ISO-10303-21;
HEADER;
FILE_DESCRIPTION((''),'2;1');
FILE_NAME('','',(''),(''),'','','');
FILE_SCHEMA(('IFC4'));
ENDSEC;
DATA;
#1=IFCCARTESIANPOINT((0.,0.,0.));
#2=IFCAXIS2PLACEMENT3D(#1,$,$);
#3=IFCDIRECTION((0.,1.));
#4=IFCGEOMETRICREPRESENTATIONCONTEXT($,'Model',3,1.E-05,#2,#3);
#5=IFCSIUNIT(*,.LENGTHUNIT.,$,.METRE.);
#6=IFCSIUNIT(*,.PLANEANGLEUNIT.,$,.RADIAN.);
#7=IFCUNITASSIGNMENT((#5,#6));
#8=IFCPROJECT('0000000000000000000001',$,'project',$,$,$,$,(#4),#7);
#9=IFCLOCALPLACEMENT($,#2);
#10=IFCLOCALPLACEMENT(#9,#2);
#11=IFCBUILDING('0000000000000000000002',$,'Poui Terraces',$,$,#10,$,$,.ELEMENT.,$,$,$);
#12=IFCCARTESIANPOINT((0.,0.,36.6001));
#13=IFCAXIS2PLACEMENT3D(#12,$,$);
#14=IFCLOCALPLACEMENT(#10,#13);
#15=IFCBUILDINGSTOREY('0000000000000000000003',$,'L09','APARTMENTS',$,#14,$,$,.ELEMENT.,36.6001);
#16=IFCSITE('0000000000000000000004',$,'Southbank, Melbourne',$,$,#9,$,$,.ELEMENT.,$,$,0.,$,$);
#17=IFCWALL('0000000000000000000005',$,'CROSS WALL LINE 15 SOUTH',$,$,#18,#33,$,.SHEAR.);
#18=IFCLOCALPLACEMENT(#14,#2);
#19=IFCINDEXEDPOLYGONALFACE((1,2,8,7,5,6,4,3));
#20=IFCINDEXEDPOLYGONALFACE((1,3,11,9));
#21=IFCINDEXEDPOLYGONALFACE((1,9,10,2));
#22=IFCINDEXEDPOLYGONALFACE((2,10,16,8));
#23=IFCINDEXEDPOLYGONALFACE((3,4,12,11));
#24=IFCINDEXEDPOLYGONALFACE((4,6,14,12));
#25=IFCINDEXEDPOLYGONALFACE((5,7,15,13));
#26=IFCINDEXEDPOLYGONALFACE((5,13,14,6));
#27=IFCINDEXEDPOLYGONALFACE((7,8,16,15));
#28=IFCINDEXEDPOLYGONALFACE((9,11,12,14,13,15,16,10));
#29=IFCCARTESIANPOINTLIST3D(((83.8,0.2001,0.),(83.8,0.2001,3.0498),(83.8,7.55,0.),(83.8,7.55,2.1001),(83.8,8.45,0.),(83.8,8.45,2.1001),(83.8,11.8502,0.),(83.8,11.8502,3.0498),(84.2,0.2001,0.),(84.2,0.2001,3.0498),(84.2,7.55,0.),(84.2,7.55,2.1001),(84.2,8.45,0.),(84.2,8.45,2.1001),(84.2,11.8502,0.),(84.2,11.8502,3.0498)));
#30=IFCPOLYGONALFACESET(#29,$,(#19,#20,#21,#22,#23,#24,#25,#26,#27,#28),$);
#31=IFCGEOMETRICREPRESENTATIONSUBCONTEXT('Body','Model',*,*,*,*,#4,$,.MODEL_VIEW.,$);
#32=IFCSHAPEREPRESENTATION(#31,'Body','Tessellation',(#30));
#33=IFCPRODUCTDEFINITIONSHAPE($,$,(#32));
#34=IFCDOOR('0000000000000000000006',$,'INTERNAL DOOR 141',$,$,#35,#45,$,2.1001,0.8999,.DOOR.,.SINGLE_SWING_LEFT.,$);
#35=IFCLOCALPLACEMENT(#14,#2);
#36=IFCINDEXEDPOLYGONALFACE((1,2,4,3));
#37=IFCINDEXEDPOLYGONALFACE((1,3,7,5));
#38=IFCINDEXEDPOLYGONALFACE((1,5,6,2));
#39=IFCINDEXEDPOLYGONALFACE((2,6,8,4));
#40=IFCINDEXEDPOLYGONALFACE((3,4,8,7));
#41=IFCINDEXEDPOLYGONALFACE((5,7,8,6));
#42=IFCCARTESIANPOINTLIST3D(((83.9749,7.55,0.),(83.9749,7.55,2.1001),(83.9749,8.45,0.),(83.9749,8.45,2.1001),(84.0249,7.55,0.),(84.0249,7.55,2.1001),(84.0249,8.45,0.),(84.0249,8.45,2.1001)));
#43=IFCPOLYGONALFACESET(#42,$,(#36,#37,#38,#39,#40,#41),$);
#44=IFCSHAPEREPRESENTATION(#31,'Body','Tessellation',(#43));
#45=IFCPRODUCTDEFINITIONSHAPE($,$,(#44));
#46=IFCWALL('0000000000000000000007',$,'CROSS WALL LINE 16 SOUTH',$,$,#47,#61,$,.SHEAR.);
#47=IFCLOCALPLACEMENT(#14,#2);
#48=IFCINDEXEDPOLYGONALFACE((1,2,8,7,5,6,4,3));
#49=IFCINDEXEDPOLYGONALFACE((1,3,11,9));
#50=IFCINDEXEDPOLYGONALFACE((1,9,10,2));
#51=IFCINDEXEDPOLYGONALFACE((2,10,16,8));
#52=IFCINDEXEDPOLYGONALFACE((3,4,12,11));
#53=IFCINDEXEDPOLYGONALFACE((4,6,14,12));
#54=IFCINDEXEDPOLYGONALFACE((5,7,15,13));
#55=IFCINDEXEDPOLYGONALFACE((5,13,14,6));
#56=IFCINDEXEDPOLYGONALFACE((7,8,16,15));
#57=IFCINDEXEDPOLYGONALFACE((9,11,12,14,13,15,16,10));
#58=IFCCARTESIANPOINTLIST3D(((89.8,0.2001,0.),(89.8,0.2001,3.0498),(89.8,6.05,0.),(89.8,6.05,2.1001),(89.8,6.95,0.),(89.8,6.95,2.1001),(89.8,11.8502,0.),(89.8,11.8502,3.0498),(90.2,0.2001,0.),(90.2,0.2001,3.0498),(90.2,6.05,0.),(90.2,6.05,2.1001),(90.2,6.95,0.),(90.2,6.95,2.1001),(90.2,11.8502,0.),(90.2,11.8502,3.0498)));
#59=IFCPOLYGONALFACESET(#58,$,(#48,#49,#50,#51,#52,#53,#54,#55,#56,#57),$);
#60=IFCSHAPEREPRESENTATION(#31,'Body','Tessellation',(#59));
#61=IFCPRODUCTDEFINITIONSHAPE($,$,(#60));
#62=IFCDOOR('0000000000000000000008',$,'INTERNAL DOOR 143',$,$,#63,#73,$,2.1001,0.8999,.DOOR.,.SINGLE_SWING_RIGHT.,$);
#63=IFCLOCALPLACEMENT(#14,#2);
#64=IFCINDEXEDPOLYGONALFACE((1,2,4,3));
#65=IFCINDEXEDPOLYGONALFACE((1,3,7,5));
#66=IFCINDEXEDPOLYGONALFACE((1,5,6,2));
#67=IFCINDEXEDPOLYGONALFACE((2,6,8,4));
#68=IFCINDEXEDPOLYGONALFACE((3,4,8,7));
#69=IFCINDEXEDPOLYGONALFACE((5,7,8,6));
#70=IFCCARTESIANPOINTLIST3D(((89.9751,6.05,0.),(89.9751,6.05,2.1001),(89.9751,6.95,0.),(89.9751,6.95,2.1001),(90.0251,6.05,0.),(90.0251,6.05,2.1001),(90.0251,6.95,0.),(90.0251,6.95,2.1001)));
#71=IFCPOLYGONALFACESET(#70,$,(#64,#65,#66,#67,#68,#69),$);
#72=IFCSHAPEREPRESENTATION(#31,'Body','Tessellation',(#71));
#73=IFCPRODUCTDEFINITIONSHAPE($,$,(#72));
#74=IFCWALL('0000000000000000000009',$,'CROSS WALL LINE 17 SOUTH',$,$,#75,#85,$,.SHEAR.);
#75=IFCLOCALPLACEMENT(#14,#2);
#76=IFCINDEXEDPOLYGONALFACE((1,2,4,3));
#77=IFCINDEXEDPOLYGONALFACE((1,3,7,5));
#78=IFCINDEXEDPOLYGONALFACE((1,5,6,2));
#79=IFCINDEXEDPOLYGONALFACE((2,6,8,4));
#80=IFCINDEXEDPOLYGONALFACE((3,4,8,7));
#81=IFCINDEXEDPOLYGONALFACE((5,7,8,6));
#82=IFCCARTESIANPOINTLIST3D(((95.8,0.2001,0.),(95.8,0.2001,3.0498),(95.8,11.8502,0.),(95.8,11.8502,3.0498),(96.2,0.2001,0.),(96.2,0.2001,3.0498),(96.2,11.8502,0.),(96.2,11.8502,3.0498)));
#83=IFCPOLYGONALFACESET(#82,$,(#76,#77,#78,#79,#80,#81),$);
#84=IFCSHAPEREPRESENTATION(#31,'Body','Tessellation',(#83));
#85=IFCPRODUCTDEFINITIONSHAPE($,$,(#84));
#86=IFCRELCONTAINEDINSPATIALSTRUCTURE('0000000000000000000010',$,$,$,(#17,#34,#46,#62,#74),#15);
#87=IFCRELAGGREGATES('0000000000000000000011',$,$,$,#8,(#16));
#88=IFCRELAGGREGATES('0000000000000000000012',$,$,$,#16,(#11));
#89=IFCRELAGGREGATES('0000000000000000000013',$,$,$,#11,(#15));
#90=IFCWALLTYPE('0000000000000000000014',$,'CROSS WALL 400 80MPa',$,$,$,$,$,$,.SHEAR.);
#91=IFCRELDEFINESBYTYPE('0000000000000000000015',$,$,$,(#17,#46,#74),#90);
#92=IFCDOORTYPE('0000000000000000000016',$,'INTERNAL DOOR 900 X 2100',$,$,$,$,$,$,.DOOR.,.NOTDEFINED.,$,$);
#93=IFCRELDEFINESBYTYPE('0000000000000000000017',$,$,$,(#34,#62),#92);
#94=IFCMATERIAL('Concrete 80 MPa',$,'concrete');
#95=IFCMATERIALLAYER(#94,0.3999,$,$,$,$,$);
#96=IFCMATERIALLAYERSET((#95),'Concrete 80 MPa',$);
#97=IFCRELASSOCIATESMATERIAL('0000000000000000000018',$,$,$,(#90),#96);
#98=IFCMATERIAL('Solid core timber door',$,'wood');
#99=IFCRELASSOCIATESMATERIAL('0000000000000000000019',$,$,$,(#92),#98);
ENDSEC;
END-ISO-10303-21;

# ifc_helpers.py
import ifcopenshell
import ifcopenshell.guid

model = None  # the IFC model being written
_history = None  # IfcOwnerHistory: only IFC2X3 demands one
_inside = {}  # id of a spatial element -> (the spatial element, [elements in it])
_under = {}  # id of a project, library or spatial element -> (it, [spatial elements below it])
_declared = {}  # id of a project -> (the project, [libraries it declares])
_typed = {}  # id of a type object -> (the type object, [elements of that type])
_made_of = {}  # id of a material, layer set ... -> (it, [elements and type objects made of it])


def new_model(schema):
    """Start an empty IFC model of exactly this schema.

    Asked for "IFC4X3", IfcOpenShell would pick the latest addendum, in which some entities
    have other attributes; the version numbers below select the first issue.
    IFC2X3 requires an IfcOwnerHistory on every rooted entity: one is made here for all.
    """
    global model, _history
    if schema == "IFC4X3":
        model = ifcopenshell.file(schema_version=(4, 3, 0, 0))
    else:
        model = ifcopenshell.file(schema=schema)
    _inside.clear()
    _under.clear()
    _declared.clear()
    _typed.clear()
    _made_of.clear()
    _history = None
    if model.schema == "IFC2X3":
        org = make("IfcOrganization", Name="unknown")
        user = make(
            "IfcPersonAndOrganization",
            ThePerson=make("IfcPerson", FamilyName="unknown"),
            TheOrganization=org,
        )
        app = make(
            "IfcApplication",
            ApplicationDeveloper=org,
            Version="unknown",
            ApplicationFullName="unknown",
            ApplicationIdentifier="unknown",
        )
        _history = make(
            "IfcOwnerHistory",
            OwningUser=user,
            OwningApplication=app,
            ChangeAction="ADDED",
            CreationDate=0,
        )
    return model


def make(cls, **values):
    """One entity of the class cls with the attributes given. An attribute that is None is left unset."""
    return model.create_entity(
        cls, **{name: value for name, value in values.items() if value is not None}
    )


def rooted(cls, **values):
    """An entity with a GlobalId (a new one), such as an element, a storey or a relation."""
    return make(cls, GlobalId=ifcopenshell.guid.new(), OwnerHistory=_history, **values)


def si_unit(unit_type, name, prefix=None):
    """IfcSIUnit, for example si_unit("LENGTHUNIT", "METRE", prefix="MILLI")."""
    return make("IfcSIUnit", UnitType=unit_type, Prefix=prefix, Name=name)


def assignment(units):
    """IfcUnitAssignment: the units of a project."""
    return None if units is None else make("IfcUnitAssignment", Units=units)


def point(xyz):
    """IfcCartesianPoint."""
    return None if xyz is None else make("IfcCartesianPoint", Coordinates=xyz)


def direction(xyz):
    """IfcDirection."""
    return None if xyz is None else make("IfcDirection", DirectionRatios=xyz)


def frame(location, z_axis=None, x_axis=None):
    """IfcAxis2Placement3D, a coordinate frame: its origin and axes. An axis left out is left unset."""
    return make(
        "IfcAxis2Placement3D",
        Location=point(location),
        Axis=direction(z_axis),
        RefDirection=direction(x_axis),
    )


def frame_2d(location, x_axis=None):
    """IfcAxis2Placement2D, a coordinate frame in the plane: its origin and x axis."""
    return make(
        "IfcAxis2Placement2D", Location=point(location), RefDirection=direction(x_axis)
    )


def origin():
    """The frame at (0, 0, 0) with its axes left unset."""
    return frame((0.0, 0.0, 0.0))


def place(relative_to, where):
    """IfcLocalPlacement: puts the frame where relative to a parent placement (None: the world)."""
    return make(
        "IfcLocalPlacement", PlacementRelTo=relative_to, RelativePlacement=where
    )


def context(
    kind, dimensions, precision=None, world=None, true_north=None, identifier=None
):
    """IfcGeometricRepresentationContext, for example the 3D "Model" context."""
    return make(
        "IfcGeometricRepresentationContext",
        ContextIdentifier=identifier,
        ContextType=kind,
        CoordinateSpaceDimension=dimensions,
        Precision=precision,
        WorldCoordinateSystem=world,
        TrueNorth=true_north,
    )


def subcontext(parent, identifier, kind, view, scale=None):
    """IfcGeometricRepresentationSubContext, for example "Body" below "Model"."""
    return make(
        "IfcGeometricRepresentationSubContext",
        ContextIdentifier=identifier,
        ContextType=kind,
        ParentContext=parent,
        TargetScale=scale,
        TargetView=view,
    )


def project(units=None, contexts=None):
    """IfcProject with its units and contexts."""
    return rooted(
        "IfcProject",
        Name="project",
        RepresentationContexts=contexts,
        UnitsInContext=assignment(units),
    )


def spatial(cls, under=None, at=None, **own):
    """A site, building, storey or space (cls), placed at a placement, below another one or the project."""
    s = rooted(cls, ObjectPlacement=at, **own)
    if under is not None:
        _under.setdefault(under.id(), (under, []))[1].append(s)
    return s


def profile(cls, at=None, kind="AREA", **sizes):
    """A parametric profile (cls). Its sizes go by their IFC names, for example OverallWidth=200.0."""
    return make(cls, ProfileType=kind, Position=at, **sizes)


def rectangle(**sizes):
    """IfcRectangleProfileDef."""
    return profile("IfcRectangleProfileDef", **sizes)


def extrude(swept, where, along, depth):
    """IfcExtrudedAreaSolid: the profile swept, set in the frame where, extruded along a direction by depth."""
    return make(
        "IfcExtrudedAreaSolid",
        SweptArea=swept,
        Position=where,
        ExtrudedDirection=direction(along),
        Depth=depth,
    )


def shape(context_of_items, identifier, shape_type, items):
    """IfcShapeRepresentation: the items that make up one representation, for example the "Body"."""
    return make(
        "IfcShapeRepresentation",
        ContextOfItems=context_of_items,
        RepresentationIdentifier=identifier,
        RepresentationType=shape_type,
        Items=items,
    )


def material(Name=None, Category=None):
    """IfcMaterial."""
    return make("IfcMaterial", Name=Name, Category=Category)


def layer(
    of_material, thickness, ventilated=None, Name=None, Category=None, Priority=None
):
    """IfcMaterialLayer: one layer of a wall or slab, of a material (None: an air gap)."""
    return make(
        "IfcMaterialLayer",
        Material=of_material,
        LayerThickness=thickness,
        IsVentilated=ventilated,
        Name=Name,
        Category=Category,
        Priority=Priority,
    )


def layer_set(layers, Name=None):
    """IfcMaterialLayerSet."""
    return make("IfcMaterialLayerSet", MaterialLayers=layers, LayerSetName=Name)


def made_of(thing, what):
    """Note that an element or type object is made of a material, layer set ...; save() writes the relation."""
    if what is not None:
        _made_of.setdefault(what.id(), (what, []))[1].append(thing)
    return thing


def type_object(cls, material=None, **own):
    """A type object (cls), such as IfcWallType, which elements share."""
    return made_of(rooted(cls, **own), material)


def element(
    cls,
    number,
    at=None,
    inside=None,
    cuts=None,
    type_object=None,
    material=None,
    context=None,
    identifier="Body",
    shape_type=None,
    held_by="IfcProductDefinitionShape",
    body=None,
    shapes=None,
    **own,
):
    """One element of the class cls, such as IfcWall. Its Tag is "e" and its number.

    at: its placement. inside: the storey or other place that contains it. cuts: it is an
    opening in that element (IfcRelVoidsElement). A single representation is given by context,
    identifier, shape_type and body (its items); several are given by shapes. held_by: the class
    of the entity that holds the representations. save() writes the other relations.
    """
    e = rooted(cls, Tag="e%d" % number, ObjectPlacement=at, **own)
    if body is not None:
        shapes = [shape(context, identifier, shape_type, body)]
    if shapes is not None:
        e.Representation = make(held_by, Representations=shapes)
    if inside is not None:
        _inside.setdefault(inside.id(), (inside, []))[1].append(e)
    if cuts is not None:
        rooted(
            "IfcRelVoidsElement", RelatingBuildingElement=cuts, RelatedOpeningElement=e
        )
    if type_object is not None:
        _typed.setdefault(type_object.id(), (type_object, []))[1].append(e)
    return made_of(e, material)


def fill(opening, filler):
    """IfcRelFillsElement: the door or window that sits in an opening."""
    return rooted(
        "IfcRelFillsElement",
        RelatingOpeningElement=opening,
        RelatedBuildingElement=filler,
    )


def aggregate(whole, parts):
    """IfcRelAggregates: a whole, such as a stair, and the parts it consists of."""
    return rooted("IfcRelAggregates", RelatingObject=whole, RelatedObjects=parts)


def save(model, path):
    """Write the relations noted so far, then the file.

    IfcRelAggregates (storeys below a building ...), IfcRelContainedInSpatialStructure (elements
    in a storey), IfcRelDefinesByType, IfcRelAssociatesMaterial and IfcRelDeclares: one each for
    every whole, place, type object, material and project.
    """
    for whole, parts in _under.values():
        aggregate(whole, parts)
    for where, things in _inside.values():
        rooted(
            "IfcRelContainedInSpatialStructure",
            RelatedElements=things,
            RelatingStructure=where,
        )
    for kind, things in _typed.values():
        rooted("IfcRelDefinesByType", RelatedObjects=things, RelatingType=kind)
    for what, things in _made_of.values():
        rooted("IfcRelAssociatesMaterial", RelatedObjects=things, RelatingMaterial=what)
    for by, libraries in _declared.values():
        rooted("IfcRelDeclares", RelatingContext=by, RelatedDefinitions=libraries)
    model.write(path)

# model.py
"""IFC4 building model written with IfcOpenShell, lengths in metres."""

from ifc_helpers import new_model, si_unit, direction, frame, frame_2d, origin, place, context, subcontext, project, spatial, rectangle, extrude, material, layer, layer_set, type_object, element, fill, save


model = new_model("IFC4")

# Units and contexts
model_context = context("Model", 3, precision=1e-05, world=origin(), true_north=direction((0.0, 1.0)))
body_context = subcontext(model_context, "Body", "Model", "MODEL_VIEW")
ifc_project = project(units=[si_unit("LENGTHUNIT", "METRE"), si_unit("PLANEANGLEUNIT", "RADIAN")], contexts=[model_context])

# Site, building, storey
site_placement = place(None, origin())
site = spatial("IfcSite", under=ifc_project, at=site_placement, Name="Southbank, Melbourne", CompositionType="ELEMENT", RefElevation=0.0)
building_placement = place(site_placement, origin())
building = spatial("IfcBuilding", under=site, at=building_placement, Name="Poui Terraces", CompositionType="ELEMENT")
storey_placement = place(building_placement, frame((0.0, 0.0, 36.6001)))
storey = spatial("IfcBuildingStorey", under=building, at=storey_placement, Name="L09", Description="APARTMENTS", CompositionType="ELEMENT", Elevation=36.6001)

# Walls, openings, doors
ifc_material_1 = material(Name="Concrete 80 MPa", Category="concrete")
ifc_layer_1 = layer(ifc_material_1, 0.3999)
ifc_layer_set_1 = layer_set([ifc_layer_1], Name="Concrete 80 MPa")
wall_type_1 = type_object("IfcWallType", Name="CROSS WALL 400 80MPa", PredefinedType="SHEAR", material=ifc_layer_set_1)
wall_1_placement = place(storey_placement, frame((84.0, 0.2, 0.0), z_axis=(0.0, 0.0, 1.0), x_axis=(0.0, 1.0, 0.0)))
wall_1 = element("IfcWall", 1, at=wall_1_placement, inside=storey, type_object=wall_type_1, Name="CROSS WALL LINE 15 SOUTH", PredefinedType="SHEAR", context=body_context, shape_type="SweptSolid", body=[
    extrude(rectangle(XDim=11.6501, YDim=0.3999, at=frame_2d((5.8252, 0.0))), origin(), (0.0, 0.0, 1.0), 3.0498),
])
opening_1_placement = place(wall_1_placement, frame((7.3501, 0.0, 0.0)))
opening_1 = element("IfcOpeningElement", 2, at=opening_1_placement, cuts=wall_1, PredefinedType="OPENING", context=body_context, shape_type="SweptSolid", body=[
    extrude(rectangle(XDim=0.8999, YDim=2.1001, at=frame_2d((0.45, 1.05))), frame((0.0, 0.21, 0.0), z_axis=(0.0, -1.0, 0.0), x_axis=(1.0, 0.0, 0.0)), (0.0, 0.0, 1.0), 0.4199),
])
ifc_material_2 = material(Name="Solid core timber door", Category="wood")
door_type_1 = type_object("IfcDoorType", Name="INTERNAL DOOR 900 X 2100", OperationType="NOTDEFINED", PredefinedType="DOOR", material=ifc_material_2)
door_1_placement = place(opening_1_placement, frame((0.8999, 0.0, 0.0), z_axis=(0.0, 0.0, 1.0), x_axis=(-1.0, 0.0, 0.0)))
door_1 = element("IfcDoor", 3, at=door_1_placement, inside=storey, type_object=door_type_1, Name="INTERNAL DOOR 141", OperationType="SINGLE_SWING_LEFT", OverallHeight=2.1001, OverallWidth=0.8999, PredefinedType="DOOR", context=body_context, shape_type="SweptSolid", body=[
    extrude(rectangle(XDim=0.8999, YDim=2.1001, at=frame_2d((0.45, 1.05))), frame((0.0, 0.0249, 0.0), z_axis=(0.0, -1.0, 0.0), x_axis=(1.0, 0.0, 0.0)), (0.0, 0.0, 1.0), 0.05),
])
fill(opening_1, door_1)
wall_2_placement = place(storey_placement, frame((90.0, 0.2, 0.0), z_axis=(0.0, 0.0, 1.0), x_axis=(0.0, 1.0, 0.0)))
wall_2 = element("IfcWall", 4, at=wall_2_placement, inside=storey, type_object=wall_type_1, Name="CROSS WALL LINE 16 SOUTH", PredefinedType="SHEAR", context=body_context, shape_type="SweptSolid", body=[
    extrude(rectangle(XDim=11.6501, YDim=0.3999, at=frame_2d((5.8252, 0.0))), origin(), (0.0, 0.0, 1.0), 3.0498),
])
opening_2_placement = place(wall_2_placement, frame((5.8501, 0.0, 0.0)))
opening_2 = element("IfcOpeningElement", 5, at=opening_2_placement, cuts=wall_2, PredefinedType="OPENING", context=body_context, shape_type="SweptSolid", body=[
    extrude(rectangle(XDim=0.8999, YDim=2.1001, at=frame_2d((0.45, 1.05))), frame((0.0, 0.21, 0.0), z_axis=(0.0, -1.0, 0.0), x_axis=(1.0, 0.0, 0.0)), (0.0, 0.0, 1.0), 0.4199),
])
door_2_placement = place(opening_2_placement, origin())
door_2 = element("IfcDoor", 6, at=door_2_placement, inside=storey, type_object=door_type_1, Name="INTERNAL DOOR 143", OperationType="SINGLE_SWING_RIGHT", OverallHeight=2.1001, OverallWidth=0.8999, PredefinedType="DOOR", context=body_context, shape_type="SweptSolid", body=[
    extrude(rectangle(XDim=0.8999, YDim=2.1001, at=frame_2d((0.45, 1.05))), frame((0.0, 0.0249, 0.0), z_axis=(0.0, -1.0, 0.0), x_axis=(1.0, 0.0, 0.0)), (0.0, 0.0, 1.0), 0.05),
])
fill(opening_2, door_2)

# Wall
wall_3_placement = place(storey_placement, frame((96.0, 0.2, 0.0), z_axis=(0.0, 0.0, 1.0), x_axis=(0.0, 1.0, 0.0)))
element("IfcWall", 7, at=wall_3_placement, inside=storey, type_object=wall_type_1, Name="CROSS WALL LINE 17 SOUTH", PredefinedType="SHEAR", context=body_context, shape_type="SweptSolid", body=[
    extrude(rectangle(XDim=11.6501, YDim=0.3999, at=frame_2d((5.8252, 0.0))), origin(), (0.0, 0.0, 1.0), 3.0498),
])

save(model, "model.ifc")
